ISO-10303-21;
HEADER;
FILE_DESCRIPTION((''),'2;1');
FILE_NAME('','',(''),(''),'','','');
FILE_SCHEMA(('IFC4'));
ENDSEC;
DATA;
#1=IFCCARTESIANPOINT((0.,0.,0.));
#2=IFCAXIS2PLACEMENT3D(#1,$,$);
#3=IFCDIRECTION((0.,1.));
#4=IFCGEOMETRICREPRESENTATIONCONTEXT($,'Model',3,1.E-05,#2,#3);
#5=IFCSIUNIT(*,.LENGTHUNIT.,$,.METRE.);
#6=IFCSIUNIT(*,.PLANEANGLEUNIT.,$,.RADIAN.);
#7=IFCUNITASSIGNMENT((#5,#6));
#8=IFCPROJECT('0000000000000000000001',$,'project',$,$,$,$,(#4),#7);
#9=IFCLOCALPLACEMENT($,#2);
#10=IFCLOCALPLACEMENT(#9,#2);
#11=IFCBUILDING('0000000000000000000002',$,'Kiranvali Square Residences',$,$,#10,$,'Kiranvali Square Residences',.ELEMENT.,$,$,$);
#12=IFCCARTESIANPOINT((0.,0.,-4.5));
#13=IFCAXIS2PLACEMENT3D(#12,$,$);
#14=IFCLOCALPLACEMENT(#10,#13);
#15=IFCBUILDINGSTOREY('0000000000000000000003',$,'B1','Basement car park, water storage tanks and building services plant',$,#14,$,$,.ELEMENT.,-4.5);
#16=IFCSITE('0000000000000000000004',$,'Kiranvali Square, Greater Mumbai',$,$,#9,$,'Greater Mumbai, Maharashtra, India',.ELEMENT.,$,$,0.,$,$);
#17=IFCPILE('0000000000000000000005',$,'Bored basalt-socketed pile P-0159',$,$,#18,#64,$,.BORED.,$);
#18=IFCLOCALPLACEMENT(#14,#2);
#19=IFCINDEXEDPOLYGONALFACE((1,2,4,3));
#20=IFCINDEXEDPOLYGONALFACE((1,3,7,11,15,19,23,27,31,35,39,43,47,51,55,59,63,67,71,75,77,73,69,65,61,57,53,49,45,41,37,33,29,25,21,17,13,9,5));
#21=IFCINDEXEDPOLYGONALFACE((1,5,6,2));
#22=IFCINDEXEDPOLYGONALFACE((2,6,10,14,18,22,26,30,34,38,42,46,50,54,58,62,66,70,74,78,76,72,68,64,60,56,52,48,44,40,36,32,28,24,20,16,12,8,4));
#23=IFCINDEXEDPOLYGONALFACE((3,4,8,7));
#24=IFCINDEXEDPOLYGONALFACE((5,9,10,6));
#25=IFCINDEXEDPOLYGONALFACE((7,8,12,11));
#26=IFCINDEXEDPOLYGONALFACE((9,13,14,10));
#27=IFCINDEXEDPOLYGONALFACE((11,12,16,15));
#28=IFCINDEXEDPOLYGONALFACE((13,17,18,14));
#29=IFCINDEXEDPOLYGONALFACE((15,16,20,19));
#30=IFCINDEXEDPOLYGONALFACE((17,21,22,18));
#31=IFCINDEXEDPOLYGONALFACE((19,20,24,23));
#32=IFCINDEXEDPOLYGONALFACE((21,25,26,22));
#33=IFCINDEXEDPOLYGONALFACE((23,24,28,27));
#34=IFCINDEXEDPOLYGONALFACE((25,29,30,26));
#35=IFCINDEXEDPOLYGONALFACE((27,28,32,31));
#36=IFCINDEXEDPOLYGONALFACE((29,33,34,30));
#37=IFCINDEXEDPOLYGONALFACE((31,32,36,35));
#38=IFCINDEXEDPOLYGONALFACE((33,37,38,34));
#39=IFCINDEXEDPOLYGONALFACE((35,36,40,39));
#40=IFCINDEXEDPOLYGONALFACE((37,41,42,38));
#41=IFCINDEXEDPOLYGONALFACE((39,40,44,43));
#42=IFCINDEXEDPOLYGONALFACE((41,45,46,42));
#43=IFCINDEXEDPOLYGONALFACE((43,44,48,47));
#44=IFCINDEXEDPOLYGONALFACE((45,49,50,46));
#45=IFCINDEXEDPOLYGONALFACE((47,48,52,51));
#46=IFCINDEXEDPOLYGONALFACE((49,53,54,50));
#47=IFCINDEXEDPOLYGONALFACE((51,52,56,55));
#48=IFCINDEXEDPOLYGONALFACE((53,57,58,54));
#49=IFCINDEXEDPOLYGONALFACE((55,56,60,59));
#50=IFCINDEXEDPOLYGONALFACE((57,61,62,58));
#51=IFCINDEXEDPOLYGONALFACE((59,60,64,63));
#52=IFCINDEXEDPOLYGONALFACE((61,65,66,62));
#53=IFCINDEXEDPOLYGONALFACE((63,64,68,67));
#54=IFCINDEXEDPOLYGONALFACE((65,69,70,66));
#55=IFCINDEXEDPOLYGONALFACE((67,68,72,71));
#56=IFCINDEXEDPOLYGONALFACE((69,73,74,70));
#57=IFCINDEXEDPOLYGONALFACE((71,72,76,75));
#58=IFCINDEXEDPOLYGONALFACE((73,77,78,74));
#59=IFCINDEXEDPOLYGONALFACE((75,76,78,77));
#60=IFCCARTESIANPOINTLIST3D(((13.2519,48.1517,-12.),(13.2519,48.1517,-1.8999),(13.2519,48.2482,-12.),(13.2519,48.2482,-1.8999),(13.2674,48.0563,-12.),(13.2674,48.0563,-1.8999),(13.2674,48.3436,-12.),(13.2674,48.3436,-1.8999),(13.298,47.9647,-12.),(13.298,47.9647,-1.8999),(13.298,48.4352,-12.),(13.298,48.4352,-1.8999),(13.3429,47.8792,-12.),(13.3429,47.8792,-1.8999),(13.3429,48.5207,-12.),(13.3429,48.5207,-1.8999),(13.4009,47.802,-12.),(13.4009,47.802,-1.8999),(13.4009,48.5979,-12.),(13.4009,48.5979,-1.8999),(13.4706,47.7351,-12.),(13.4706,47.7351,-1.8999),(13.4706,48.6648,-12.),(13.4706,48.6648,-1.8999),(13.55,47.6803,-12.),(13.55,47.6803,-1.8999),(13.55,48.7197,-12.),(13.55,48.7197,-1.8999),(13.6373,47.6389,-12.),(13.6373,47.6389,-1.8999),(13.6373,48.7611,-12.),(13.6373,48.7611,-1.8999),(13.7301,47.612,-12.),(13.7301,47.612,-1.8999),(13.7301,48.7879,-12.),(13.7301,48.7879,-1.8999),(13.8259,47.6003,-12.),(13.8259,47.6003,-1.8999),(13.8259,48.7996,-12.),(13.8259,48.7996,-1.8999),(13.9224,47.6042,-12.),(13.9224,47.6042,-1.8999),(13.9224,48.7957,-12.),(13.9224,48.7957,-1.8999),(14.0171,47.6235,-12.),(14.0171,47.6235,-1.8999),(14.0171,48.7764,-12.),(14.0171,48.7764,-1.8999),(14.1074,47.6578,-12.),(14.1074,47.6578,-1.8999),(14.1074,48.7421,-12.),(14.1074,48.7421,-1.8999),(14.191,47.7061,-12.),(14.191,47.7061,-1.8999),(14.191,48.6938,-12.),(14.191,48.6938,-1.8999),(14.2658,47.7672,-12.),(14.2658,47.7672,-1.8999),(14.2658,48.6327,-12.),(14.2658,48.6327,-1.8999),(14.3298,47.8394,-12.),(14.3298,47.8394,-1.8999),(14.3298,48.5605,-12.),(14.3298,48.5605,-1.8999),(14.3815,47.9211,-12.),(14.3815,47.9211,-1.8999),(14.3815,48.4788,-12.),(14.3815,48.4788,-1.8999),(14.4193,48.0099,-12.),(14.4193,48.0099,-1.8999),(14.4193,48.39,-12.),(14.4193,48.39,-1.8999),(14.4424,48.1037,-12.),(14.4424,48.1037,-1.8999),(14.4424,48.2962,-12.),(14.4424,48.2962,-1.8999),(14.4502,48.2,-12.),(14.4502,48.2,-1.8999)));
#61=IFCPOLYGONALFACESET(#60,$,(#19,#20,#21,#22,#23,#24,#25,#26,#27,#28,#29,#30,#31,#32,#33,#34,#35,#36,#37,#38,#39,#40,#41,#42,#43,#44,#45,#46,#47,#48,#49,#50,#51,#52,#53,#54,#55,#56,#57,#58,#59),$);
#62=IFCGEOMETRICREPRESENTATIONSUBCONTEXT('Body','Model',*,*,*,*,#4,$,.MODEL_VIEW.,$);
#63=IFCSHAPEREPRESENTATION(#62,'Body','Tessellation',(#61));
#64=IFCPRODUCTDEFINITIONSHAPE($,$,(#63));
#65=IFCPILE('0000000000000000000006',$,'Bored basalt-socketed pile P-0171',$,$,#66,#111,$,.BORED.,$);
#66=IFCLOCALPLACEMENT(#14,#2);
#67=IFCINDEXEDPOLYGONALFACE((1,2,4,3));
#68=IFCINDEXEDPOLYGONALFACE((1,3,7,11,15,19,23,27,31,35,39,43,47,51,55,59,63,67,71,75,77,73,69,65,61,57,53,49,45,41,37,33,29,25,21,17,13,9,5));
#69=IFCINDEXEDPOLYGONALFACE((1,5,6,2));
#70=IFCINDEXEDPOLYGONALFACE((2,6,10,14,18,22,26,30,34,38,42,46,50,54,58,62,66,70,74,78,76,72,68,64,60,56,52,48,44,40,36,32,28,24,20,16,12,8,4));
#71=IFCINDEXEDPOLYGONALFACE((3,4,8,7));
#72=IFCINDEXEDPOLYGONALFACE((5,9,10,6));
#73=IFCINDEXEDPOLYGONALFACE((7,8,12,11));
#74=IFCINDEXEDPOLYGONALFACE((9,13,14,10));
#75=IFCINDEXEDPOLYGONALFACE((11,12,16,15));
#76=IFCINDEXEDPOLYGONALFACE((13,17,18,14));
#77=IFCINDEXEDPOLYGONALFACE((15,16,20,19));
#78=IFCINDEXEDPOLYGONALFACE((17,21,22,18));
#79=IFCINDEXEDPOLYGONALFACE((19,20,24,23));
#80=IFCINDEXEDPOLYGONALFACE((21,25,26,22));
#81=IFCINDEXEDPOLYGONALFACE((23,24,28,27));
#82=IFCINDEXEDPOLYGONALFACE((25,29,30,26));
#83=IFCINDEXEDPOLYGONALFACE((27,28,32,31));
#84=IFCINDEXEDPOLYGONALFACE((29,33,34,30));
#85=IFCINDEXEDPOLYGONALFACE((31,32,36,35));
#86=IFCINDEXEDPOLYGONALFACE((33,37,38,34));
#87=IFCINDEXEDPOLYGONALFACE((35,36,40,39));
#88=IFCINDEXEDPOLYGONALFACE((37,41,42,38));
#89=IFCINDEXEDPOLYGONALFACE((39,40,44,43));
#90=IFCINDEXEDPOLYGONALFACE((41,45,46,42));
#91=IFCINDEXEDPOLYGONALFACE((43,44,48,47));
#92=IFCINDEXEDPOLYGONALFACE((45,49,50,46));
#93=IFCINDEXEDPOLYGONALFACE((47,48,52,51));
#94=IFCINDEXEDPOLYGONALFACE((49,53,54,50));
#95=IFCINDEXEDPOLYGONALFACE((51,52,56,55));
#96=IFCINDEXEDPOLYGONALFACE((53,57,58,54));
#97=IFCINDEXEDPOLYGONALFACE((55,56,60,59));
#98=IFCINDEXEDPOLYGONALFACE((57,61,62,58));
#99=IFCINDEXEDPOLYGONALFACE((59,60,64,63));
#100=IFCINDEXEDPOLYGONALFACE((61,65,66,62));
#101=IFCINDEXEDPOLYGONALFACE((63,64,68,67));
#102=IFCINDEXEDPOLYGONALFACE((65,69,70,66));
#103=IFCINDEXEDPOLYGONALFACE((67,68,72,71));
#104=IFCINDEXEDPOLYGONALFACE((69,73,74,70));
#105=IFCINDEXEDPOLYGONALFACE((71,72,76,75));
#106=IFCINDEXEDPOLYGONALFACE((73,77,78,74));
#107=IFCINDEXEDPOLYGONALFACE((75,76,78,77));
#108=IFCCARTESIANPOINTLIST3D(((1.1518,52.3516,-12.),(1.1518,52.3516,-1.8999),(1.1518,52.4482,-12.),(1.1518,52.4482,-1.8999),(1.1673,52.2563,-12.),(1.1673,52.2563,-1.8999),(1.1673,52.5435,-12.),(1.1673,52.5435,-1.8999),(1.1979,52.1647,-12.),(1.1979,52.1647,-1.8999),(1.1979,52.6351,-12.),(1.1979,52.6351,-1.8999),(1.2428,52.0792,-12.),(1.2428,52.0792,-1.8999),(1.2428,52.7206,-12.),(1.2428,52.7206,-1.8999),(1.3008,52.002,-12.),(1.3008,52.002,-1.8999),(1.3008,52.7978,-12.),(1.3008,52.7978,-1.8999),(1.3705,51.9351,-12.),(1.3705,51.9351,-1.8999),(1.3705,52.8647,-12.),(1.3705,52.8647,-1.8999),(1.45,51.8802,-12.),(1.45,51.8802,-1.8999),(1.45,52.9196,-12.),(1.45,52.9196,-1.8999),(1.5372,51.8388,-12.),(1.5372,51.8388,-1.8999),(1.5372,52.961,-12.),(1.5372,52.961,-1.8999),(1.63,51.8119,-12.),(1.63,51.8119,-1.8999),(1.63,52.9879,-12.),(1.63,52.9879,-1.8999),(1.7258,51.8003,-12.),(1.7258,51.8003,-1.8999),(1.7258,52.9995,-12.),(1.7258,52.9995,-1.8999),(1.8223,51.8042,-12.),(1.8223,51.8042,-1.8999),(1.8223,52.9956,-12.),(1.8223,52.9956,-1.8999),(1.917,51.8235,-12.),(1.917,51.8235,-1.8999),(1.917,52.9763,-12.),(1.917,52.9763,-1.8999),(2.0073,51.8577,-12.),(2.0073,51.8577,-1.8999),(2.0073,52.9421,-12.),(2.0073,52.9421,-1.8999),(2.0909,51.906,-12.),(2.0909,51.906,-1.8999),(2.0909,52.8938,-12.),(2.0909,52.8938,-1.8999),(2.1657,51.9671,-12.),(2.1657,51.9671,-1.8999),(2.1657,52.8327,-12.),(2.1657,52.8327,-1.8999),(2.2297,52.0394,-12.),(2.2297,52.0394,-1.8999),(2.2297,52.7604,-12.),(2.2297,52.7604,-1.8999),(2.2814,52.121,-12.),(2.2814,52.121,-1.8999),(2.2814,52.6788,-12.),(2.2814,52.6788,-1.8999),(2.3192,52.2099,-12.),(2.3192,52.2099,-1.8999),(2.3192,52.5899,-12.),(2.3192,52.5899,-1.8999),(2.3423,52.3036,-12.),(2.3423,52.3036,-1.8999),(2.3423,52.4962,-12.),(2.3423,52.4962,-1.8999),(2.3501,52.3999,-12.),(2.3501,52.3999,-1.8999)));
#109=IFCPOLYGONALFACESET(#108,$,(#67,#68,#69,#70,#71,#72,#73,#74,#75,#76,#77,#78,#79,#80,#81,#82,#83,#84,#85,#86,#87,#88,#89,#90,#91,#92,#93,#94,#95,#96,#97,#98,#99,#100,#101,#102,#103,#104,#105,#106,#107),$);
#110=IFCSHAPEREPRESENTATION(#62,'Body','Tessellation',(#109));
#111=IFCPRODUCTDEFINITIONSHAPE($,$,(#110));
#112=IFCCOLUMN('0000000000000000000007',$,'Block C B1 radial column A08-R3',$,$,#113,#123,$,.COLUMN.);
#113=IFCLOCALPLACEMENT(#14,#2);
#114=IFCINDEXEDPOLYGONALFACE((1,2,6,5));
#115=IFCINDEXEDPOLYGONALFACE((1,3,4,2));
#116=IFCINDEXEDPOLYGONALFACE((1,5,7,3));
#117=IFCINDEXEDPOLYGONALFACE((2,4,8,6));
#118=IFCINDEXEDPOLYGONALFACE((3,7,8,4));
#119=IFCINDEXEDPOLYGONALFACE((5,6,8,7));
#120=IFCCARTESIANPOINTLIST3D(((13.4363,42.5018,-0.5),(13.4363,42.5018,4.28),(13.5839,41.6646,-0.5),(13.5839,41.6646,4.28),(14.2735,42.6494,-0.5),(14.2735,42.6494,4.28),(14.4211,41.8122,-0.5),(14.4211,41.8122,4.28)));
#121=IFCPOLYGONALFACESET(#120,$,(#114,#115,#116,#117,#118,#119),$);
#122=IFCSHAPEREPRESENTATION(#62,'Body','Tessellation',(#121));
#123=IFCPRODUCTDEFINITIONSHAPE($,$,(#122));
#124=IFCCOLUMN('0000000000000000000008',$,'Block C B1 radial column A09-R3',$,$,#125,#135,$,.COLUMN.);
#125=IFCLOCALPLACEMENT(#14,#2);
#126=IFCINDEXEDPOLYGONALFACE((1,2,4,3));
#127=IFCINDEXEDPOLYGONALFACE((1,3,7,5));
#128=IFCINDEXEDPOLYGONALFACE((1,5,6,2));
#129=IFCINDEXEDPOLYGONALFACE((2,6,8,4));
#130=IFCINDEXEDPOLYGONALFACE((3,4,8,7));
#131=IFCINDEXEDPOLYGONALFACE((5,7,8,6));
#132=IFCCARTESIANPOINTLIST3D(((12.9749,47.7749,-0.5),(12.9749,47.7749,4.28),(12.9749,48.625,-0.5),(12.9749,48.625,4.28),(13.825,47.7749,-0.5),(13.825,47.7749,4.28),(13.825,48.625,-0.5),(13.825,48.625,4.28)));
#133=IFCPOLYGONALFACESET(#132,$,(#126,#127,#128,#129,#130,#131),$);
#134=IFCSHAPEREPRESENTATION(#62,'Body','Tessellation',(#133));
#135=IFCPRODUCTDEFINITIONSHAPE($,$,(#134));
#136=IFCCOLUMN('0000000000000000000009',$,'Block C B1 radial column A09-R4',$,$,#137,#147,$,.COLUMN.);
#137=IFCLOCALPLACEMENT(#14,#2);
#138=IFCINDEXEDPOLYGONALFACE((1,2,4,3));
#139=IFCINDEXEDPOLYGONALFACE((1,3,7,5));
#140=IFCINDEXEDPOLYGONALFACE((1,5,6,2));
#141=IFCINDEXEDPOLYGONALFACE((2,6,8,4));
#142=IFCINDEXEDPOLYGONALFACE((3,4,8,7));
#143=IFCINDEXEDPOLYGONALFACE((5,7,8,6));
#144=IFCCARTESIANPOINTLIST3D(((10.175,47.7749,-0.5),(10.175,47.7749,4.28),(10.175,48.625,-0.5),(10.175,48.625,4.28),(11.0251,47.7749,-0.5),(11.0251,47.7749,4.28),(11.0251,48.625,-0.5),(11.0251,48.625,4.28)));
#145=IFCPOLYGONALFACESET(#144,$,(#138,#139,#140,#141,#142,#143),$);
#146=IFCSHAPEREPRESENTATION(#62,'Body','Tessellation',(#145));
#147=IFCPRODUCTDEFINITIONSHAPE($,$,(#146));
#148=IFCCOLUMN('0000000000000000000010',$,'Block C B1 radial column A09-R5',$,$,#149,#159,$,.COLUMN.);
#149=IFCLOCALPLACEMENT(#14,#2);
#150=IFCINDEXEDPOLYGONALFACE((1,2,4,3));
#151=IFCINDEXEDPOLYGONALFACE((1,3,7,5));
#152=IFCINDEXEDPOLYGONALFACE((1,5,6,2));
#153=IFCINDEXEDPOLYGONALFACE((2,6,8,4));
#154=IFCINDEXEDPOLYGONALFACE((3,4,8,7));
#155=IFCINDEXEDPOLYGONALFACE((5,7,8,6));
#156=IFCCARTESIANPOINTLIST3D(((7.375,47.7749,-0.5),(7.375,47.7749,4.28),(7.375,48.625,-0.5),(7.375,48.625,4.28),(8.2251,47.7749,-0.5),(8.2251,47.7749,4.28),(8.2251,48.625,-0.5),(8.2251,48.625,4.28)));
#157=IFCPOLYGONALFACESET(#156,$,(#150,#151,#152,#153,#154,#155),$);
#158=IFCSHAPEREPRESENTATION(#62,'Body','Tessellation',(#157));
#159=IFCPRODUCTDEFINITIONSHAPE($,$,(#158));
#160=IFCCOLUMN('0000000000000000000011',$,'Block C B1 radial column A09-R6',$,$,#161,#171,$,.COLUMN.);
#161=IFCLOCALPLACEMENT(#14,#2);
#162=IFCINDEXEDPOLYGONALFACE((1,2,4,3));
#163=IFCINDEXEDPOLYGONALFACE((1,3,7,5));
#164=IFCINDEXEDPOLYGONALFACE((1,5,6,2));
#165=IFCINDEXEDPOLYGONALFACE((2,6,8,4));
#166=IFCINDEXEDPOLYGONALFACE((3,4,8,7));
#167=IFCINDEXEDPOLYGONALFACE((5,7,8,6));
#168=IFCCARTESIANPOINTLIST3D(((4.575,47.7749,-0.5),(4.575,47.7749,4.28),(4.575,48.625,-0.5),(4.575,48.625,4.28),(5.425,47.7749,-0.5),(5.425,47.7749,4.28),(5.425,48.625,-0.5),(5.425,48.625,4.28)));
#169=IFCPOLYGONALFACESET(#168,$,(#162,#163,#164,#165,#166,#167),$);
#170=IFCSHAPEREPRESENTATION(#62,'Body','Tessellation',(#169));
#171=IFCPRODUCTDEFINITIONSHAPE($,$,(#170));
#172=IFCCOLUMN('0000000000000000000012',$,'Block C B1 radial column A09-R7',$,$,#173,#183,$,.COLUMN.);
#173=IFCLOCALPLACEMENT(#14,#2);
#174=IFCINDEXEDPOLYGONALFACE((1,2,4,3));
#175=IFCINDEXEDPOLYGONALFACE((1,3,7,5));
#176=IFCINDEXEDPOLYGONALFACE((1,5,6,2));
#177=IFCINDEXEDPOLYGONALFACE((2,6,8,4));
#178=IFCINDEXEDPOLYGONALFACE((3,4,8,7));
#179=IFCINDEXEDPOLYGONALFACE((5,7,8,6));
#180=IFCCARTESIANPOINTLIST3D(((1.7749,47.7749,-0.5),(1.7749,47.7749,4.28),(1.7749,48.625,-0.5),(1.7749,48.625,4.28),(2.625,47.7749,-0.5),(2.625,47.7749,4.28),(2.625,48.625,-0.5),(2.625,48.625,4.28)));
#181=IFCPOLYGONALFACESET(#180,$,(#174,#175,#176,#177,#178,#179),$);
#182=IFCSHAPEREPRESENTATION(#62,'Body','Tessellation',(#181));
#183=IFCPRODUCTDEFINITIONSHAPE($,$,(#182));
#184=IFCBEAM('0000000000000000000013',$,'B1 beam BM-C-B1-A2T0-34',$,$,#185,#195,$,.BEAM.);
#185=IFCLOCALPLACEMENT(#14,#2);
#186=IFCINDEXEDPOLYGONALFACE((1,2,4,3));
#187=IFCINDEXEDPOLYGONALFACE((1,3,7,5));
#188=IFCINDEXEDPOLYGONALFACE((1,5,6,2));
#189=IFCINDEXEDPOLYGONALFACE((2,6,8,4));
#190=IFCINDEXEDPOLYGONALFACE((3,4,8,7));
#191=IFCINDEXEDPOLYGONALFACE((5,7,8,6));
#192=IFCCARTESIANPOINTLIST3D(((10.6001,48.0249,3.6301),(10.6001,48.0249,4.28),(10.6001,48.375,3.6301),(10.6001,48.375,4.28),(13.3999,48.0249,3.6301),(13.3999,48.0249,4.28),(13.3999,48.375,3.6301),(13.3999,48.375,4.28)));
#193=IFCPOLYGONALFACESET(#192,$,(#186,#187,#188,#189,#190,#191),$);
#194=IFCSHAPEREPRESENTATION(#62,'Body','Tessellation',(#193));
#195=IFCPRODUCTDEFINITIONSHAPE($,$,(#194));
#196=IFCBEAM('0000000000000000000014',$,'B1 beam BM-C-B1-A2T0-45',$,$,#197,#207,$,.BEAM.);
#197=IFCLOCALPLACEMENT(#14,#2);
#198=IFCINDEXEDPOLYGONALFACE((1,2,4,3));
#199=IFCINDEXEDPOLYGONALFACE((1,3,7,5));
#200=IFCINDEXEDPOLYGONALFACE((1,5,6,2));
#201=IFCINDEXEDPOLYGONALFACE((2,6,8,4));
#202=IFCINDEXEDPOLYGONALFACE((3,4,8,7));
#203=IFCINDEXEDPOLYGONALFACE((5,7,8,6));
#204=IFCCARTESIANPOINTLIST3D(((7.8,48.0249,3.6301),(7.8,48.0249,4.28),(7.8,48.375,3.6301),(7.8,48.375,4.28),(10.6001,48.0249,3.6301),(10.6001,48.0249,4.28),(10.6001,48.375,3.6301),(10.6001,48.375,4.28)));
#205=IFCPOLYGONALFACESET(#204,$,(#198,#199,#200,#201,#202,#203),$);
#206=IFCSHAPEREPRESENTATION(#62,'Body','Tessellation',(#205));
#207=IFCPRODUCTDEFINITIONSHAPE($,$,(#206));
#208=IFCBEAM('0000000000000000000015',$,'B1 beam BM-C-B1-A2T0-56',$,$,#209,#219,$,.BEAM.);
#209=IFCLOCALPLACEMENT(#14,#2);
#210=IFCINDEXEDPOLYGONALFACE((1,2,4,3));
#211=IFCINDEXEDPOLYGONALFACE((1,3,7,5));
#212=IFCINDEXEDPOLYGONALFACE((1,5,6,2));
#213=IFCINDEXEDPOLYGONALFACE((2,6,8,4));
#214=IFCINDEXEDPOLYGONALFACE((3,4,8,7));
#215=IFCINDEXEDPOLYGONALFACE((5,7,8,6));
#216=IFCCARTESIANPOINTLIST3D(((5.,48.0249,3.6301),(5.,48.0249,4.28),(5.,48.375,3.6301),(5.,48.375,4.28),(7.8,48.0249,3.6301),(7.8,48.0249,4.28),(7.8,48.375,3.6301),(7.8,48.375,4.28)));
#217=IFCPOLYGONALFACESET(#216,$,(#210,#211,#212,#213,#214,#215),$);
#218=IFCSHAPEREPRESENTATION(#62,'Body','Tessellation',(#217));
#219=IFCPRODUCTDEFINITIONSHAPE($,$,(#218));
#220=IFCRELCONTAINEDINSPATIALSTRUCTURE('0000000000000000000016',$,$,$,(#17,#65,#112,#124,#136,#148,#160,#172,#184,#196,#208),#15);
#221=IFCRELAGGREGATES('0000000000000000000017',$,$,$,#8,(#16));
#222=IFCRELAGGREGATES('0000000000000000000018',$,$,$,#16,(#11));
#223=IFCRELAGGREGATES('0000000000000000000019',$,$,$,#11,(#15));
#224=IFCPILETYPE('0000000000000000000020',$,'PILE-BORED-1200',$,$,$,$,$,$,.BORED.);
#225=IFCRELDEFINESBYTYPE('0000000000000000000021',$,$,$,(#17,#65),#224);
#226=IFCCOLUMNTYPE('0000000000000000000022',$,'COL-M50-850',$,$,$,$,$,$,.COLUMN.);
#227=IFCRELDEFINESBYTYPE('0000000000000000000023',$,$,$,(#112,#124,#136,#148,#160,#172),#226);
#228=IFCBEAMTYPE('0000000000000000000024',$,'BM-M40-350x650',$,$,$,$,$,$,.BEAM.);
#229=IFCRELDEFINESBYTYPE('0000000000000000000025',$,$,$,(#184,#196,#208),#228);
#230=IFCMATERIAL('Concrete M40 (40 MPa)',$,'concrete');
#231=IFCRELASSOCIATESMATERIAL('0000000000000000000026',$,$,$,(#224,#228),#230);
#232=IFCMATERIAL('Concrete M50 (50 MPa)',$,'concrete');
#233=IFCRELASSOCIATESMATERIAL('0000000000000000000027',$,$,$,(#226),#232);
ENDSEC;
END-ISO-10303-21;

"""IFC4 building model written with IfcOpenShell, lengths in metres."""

from ifc_helpers import new_model, si_unit, direction, frame, origin, origin_2d, place, context, subcontext, project, spatial, rectangle, circle, extrude, material, material_profile, profile_set, type_object, element, save


model = new_model("IFC4")

# Units and contexts
model_context = context("Model", 3, precision=1e-05, world=origin(), true_north=direction((0.0, 1.0)))
body_context = subcontext(model_context, "Body", "Model", "MODEL_VIEW")
ifc_project = project(units=[si_unit("LENGTHUNIT", "METRE"), si_unit("PLANEANGLEUNIT", "RADIAN")], contexts=[model_context])

# Site, building, storey
site_placement = place(None, origin())
site = spatial("IfcSite", under=ifc_project, at=site_placement, Name="Kiranvali Square, Greater Mumbai", LongName="Greater Mumbai, Maharashtra, India", CompositionType="ELEMENT", RefElevation=0.0)
building_placement = place(site_placement, origin())
building = spatial("IfcBuilding", under=site, at=building_placement, Name="Kiranvali Square Residences", LongName="Kiranvali Square Residences", CompositionType="ELEMENT")
storey_placement = place(building_placement, frame((0.0, 0.0, -4.5)))
storey = spatial("IfcBuildingStorey", under=building, at=storey_placement, Name="B1", Description="Basement car park, water storage tanks and building services plant", CompositionType="ELEMENT", Elevation=-4.5)

# Shared definitions
ifc_material_1 = material(Name="Concrete M40 (40 MPa)", Category="concrete")

# Piles
ifc_material_profile_1 = material_profile(ifc_material_1, circle(Radius=0.6001, at=origin_2d()), Name="BORED PILE 1200")
ifc_profile_set_1 = profile_set([ifc_material_profile_1], Name="Concrete M40 (40 MPa)")
pile_type = type_object("IfcPileType", Name="PILE-BORED-1200", PredefinedType="BORED", material=ifc_profile_set_1)
for number, where, z_axis, x_axis, name in (
    (1, (13.8501, 48.2, -1.8999), (0.0, 0.0, -1.0), (1.0, 0.0, 0.0), "Bored basalt-socketed pile P-0159"),
    (2, (1.75, 52.3999, -1.8999), (0.0, 0.0, -1.0), (1.0, 0.0, 0.0), "Bored basalt-socketed pile P-0171"),
):
    element("IfcPile", number, at=place(storey_placement, frame(where, z_axis=z_axis, x_axis=x_axis)), inside=storey, type_object=pile_type, Name=name, PredefinedType="BORED", context=body_context, shape_type="SweptSolid", body=[
        extrude(circle(Radius=0.6001, at=origin_2d()), origin(), (0.0, 0.0, 1.0), 10.1001),
    ])

# Columns
ifc_material_2 = material(Name="Concrete M50 (50 MPa)", Category="concrete")
ifc_material_profile_2 = material_profile(ifc_material_2, rectangle(XDim=0.8501, YDim=0.8501, at=origin_2d()), Name="RC 850x850")
ifc_profile_set_2 = profile_set([ifc_material_profile_2], Name="Concrete M50 (50 MPa)")
column_type = type_object("IfcColumnType", Name="COL-M50-850", PredefinedType="COLUMN", material=ifc_profile_set_2)
for number, where, z_axis, x_axis, name in (
    (3, (13.9287, 42.157, -0.5), (0.0, 0.0, 1.0), (-0.173648, 0.984808, 0.0), "Block C B1 radial column A08-R3"),
    (4, (13.3999, 48.2, -0.5), (0.0, 0.0, 1.0), (0.0, 1.0, 0.0), "Block C B1 radial column A09-R3"),
    (5, (10.6001, 48.2, -0.5), (0.0, 0.0, 1.0), (0.0, 1.0, 0.0), "Block C B1 radial column A09-R4"),
    (6, (7.8, 48.2, -0.5), (0.0, 0.0, 1.0), (0.0, 1.0, 0.0), "Block C B1 radial column A09-R5"),
    (7, (5.0, 48.2, -0.5), (0.0, 0.0, 1.0), (0.0, 1.0, 0.0), "Block C B1 radial column A09-R6"),
    (8, (2.2, 48.2, -0.5), (0.0, 0.0, 1.0), (0.0, 1.0, 0.0), "Block C B1 radial column A09-R7"),
):
    element("IfcColumn", number, at=place(storey_placement, frame(where, z_axis=z_axis, x_axis=x_axis)), inside=storey, type_object=column_type, Name=name, PredefinedType="COLUMN", context=body_context, shape_type="SweptSolid", body=[
        extrude(rectangle(XDim=0.8501, YDim=0.8501, at=origin_2d()), origin(), (0.0, 0.0, 1.0), 4.78),
    ])

# Beams
ifc_material_profile_3 = material_profile(ifc_material_1, rectangle(XDim=0.3501, YDim=0.6499, at=origin_2d()), Name="RC 350x650")
ifc_profile_set_3 = profile_set([ifc_material_profile_3], Name="Concrete M40 (40 MPa)")
beam_type_1 = type_object("IfcBeamType", Name="BM-M40-350x650", PredefinedType="BEAM", material=ifc_profile_set_3)
beam_1_placement = place(storey_placement, frame((13.3999, 48.2, 3.9551), z_axis=(-1.0, 0.0, 0.0), x_axis=(0.0, -1.0, 0.0)))
element("IfcBeam", 9, at=beam_1_placement, inside=storey, type_object=beam_type_1, Name="B1 beam BM-C-B1-A2T0-34", PredefinedType="BEAM", context=body_context, shape_type="SweptSolid", body=[
    extrude(rectangle(XDim=0.3501, YDim=0.6499, at=origin_2d()), origin(), (0.0, 0.0, 1.0), 2.7998),
])
for number, where, z_axis, x_axis, name in (
    (10, (10.6001, 48.2, 3.9551), (-1.0, 0.0, 0.0), (0.0, -1.0, 0.0), "B1 beam BM-C-B1-A2T0-45"),
    (11, (7.8, 48.2, 3.9551), (-1.0, 0.0, 0.0), (0.0, -1.0, 0.0), "B1 beam BM-C-B1-A2T0-56"),
):
    element("IfcBeam", number, at=place(storey_placement, frame(where, z_axis=z_axis, x_axis=x_axis)), inside=storey, type_object=beam_type_1, Name=name, PredefinedType="BEAM", context=body_context, shape_type="SweptSolid", body=[
        extrude(rectangle(XDim=0.3501, YDim=0.6499, at=origin_2d()), origin(), (0.0, 0.0, 1.0), 2.8),
    ])

save(model, "model.ifc")
